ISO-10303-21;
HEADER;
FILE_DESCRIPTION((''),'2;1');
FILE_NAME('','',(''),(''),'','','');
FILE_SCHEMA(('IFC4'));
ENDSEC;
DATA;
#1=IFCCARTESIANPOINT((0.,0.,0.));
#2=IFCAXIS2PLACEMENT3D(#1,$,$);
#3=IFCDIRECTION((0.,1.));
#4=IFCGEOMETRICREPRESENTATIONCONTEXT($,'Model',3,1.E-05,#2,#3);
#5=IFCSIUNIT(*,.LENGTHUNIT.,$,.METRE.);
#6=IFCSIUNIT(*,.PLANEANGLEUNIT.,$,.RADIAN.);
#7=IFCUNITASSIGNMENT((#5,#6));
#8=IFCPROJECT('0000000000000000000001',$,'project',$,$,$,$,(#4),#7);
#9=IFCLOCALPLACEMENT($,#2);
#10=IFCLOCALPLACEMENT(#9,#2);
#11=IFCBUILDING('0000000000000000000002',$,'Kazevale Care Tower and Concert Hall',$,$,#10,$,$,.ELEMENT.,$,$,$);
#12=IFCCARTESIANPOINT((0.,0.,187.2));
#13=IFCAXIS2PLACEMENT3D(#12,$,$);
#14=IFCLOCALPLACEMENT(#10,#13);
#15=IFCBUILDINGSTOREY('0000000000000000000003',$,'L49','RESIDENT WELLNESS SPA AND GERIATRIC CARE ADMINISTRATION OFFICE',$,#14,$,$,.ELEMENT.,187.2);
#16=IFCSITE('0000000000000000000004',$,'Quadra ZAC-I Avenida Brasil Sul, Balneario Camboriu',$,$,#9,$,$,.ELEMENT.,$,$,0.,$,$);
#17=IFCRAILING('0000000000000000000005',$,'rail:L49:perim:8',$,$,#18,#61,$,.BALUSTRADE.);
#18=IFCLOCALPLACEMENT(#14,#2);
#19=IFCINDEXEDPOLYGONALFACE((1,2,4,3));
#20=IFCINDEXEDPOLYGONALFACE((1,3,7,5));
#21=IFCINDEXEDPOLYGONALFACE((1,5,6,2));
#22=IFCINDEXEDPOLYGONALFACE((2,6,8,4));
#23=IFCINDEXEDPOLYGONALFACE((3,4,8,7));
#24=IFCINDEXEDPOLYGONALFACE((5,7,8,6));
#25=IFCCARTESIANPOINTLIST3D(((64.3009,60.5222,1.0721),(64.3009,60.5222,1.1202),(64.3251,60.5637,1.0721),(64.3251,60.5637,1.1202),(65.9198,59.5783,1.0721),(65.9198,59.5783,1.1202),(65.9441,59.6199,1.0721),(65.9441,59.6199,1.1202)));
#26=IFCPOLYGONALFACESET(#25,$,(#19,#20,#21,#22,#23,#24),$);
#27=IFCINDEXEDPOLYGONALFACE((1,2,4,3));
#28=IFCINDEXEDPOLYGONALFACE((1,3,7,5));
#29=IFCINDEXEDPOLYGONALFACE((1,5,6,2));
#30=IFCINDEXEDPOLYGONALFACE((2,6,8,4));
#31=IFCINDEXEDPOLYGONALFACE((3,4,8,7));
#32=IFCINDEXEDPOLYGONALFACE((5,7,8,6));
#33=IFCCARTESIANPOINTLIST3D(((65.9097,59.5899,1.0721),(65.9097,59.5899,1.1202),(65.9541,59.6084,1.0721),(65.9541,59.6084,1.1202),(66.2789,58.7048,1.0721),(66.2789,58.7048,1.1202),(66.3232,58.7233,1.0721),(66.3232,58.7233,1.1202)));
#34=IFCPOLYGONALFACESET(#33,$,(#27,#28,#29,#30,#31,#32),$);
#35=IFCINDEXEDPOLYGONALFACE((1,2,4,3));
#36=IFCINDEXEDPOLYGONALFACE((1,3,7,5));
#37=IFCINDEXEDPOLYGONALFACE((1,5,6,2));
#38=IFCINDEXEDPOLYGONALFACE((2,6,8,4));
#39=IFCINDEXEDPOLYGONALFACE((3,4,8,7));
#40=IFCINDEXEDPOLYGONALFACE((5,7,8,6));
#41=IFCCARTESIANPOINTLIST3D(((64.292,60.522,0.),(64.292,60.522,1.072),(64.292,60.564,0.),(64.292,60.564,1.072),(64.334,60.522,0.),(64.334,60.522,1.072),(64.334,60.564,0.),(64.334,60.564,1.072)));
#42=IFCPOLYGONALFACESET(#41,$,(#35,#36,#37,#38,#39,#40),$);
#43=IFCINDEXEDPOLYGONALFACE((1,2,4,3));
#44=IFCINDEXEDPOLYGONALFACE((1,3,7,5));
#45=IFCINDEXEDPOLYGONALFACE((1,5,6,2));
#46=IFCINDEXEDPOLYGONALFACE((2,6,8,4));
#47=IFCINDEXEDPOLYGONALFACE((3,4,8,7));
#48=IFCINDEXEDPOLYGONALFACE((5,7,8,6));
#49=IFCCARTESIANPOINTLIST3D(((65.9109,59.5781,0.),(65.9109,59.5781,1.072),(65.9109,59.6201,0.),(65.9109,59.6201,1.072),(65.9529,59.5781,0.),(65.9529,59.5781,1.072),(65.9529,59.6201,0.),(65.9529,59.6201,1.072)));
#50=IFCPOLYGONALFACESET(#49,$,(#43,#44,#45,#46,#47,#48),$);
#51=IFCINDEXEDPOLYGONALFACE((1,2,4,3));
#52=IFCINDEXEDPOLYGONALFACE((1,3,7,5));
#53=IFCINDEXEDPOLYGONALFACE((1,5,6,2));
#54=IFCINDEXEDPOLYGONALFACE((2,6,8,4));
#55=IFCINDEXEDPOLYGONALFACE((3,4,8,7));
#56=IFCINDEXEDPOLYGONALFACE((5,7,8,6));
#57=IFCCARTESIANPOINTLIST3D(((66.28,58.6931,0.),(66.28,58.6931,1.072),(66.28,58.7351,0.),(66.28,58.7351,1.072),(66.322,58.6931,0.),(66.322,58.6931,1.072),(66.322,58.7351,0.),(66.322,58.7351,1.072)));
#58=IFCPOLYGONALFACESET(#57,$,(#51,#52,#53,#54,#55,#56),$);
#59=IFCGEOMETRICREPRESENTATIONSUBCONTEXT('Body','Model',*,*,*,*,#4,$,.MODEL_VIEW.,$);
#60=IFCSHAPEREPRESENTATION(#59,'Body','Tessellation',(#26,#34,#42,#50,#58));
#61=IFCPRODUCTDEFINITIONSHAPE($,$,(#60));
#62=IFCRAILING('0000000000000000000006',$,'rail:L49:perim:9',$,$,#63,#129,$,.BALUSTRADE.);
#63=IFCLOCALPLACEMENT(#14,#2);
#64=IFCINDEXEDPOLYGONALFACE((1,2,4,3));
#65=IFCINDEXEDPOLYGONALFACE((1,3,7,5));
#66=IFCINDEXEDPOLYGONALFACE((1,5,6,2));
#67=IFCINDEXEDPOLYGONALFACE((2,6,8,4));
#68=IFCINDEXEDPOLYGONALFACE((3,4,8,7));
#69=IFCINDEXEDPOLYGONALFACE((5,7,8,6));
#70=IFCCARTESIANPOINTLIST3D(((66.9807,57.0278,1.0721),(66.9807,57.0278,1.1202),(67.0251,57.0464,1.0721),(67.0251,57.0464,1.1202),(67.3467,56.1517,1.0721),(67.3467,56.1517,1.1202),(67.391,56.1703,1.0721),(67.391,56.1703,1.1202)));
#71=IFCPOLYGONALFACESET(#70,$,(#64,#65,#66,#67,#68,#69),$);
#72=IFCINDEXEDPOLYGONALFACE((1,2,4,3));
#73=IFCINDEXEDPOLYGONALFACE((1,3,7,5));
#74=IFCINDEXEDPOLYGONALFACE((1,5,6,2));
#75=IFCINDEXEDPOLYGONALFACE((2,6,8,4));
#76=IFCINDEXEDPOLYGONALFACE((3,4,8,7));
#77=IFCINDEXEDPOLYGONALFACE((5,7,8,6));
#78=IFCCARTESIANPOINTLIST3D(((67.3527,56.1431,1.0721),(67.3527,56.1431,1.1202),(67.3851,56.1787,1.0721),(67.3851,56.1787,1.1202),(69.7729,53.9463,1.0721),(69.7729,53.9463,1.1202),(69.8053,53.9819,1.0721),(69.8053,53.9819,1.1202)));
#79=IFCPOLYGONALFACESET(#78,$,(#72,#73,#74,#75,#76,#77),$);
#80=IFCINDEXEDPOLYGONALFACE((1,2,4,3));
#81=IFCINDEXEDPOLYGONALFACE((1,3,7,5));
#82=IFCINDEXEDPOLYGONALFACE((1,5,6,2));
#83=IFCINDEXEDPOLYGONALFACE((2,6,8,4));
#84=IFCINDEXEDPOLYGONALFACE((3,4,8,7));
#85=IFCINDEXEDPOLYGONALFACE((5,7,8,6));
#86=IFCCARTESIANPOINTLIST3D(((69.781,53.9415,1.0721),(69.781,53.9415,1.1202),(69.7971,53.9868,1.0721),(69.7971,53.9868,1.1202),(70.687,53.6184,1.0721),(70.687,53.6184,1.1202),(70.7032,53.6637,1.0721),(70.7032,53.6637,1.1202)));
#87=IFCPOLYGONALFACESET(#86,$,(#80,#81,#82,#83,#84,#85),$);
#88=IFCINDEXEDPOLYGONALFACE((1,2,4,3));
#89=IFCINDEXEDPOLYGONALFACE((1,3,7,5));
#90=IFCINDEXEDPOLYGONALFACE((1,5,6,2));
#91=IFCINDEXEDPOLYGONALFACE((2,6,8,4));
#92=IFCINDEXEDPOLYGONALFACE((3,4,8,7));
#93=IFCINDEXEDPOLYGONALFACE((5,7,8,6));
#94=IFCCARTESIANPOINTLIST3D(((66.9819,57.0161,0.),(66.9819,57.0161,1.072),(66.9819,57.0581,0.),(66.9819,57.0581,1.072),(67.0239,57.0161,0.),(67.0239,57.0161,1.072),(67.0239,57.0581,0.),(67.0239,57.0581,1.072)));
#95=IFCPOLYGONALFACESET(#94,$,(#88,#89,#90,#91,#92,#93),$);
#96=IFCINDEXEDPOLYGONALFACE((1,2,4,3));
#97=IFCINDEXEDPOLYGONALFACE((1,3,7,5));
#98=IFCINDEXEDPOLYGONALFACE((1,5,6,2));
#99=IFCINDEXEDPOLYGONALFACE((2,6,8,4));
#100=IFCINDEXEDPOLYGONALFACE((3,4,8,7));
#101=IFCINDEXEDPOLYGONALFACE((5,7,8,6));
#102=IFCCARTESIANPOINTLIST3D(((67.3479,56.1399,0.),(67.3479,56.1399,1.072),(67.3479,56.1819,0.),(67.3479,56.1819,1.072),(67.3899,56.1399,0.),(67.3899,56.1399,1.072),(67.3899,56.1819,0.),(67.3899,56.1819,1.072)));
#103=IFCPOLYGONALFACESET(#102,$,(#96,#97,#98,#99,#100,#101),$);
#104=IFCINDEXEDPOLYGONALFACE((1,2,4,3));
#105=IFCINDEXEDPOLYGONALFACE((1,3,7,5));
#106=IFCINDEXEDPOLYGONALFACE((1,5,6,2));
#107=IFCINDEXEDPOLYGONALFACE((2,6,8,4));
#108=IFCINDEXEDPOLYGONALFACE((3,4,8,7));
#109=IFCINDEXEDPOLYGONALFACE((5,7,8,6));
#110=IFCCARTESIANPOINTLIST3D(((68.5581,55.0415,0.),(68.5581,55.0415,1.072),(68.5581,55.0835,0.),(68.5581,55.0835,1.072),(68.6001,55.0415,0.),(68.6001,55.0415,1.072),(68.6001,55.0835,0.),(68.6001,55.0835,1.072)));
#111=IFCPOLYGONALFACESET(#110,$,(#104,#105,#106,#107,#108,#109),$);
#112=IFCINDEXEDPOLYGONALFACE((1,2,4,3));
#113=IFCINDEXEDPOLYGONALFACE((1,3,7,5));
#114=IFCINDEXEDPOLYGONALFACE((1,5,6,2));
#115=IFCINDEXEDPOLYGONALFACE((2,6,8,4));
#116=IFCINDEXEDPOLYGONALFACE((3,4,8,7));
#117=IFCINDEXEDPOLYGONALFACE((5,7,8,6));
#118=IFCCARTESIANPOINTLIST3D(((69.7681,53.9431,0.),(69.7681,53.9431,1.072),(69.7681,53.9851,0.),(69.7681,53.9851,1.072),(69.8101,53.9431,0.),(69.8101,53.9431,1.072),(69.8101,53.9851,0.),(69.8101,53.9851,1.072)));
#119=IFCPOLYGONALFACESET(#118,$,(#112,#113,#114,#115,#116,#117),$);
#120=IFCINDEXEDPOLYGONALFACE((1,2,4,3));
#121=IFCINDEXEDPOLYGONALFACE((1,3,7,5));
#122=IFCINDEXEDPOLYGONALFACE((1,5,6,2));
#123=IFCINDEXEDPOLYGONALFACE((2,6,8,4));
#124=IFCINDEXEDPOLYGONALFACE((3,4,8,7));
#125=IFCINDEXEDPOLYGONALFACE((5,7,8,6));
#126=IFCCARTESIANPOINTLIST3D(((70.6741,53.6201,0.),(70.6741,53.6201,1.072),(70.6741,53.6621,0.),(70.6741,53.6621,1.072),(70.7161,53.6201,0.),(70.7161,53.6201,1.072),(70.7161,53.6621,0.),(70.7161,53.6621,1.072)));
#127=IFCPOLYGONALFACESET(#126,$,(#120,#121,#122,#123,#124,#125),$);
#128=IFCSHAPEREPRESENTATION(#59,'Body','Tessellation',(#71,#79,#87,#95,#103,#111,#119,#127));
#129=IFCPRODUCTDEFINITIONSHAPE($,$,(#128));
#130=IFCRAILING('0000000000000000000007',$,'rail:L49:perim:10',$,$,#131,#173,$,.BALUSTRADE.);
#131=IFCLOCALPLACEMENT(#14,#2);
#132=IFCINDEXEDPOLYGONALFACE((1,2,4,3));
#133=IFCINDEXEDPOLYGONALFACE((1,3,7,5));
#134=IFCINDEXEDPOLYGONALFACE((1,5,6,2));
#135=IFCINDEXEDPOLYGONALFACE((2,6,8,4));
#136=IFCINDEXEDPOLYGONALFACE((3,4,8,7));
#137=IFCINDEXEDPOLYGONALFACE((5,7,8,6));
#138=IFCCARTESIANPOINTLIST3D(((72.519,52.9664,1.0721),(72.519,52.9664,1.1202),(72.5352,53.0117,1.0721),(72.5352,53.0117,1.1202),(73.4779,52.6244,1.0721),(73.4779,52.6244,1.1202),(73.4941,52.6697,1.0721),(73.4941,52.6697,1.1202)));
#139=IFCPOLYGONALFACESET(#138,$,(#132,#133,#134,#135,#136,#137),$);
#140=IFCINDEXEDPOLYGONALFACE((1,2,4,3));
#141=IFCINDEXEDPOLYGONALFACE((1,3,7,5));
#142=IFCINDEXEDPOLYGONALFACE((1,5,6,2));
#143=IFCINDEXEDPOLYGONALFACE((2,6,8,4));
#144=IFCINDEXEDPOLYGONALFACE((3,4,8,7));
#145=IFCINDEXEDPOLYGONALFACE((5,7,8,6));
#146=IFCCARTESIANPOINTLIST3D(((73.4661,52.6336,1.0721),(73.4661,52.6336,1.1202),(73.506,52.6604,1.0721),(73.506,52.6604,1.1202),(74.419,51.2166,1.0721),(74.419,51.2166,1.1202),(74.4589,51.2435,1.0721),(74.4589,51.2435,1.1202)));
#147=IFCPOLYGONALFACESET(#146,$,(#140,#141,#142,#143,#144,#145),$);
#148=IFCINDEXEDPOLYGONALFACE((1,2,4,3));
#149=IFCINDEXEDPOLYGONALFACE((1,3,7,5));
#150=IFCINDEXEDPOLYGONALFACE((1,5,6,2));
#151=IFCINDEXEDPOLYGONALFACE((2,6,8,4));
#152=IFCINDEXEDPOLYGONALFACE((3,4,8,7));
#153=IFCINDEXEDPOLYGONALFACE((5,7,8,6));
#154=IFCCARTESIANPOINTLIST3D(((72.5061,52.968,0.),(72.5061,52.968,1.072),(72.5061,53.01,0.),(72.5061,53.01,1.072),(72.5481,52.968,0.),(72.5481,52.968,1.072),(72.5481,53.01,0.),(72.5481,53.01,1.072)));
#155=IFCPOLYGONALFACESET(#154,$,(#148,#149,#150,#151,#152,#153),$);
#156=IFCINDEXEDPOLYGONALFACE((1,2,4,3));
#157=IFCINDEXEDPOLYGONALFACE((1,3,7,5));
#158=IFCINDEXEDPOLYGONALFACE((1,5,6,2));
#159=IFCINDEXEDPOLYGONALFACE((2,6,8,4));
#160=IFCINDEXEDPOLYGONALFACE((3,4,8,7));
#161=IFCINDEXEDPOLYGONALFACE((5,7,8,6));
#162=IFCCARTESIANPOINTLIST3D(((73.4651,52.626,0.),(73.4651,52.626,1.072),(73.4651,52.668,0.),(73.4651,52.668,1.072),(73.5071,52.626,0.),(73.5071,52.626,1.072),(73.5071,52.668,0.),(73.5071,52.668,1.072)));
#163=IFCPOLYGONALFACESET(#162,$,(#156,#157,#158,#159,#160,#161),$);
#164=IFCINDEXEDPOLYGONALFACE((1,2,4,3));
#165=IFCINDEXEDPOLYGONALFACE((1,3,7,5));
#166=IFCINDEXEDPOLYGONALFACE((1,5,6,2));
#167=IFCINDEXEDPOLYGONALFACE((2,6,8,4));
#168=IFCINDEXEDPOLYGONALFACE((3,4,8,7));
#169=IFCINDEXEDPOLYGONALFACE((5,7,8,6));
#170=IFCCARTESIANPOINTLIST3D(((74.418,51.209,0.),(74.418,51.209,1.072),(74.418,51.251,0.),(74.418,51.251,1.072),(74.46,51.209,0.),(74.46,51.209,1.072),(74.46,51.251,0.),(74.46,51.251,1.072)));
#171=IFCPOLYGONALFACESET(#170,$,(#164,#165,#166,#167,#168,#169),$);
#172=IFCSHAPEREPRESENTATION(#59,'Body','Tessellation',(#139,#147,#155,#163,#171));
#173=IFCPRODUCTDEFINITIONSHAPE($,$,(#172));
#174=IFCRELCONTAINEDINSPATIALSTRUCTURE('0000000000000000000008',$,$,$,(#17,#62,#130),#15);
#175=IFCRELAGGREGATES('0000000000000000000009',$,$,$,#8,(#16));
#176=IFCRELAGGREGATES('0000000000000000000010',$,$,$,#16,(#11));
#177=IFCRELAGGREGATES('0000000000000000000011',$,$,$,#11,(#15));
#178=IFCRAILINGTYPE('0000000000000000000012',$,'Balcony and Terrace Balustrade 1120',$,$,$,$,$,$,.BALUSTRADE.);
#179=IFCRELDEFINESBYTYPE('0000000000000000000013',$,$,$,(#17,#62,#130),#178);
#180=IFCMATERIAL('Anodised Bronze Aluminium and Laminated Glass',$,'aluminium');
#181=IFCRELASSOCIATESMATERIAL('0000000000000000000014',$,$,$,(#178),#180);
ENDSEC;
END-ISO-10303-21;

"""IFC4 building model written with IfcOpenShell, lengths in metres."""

from ifc_helpers import new_model, si_unit, direction, frame, origin, origin_2d, place, context, subcontext, project, spatial, rectangle, extrude, material, type_object, element, save


model = new_model("IFC4")

# Units and contexts
model_context = context("Model", 3, precision=1e-05, world=origin(), true_north=direction((0.0, 1.0)))
body_context = subcontext(model_context, "Body", "Model", "MODEL_VIEW")
ifc_project = project(units=[si_unit("LENGTHUNIT", "METRE"), si_unit("PLANEANGLEUNIT", "RADIAN")], contexts=[model_context])

# Site, building, storey
site_placement = place(None, origin())
site = spatial("IfcSite", under=ifc_project, at=site_placement, Name="Quadra ZAC-I Avenida Brasil Sul, Balneario Camboriu", CompositionType="ELEMENT", RefElevation=0.0)
building_placement = place(site_placement, origin())
building = spatial("IfcBuilding", under=site, at=building_placement, Name="Kazevale Care Tower and Concert Hall", CompositionType="ELEMENT")
storey_placement = place(building_placement, frame((0.0, 0.0, 187.2)))
storey = spatial("IfcBuildingStorey", under=building, at=storey_placement, Name="L49", Description="RESIDENT WELLNESS SPA AND GERIATRIC CARE ADMINISTRATION OFFICE", CompositionType="ELEMENT", Elevation=187.2)

# Railings
ifc_material_1 = material(Name="Anodised Bronze Aluminium and Laminated Glass", Category="aluminium")
railing_type = type_object("IfcRailingType", Name="Balcony and Terrace Balustrade 1120", PredefinedType="BALUSTRADE", material=ifc_material_1)
railing_1_placement = place(storey_placement, frame((64.313, 60.543, 0.0)))
element("IfcRailing", 1, at=railing_1_placement, inside=storey, type_object=railing_type, Name="rail:L49:perim:8", PredefinedType="BALUSTRADE", context=body_context, shape_type="SweptSolid", body=[
    extrude(rectangle(XDim=0.0481, YDim=0.0481, at=origin_2d()), frame((0.0, 0.0, 1.0962), z_axis=(0.863897, -0.503669, 0.0), x_axis=(0.503669, 0.863897, 0.0)), (0.0, 0.0, 1.0), 1.874),
    extrude(rectangle(XDim=0.0481, YDim=0.0481, at=origin_2d()), frame((1.6189, -0.9438, 1.0962), z_axis=(0.384959, -0.922934, 0.0), x_axis=(0.922934, 0.384959, 0.0)), (0.0, 0.0, 1.0), 0.959),
    extrude(rectangle(XDim=0.042, YDim=0.042, at=origin_2d()), origin(), (0.0, 0.0, 1.0), 1.072),
    extrude(rectangle(XDim=0.042, YDim=0.042, at=origin_2d()), frame((1.6189, -0.9438, 0.0)), (0.0, 0.0, 1.0), 1.072),
    extrude(rectangle(XDim=0.042, YDim=0.042, at=origin_2d()), frame((1.988, -1.8289, 0.0)), (0.0, 0.0, 1.0), 1.072),
])
railing_2_placement = place(storey_placement, frame((67.0029, 57.0371, 0.0)))
element("IfcRailing", 2, at=railing_2_placement, inside=storey, type_object=railing_type, Name="rail:L49:perim:9", PredefinedType="BALUSTRADE", context=body_context, shape_type="SweptSolid", body=[
    extrude(rectangle(XDim=0.0481, YDim=0.0481, at=origin_2d()), frame((0.0, 0.0, 1.0962), z_axis=(0.3854, -0.92275, 0.0), x_axis=(0.92275, 0.3854, 0.0)), (0.0, 0.0, 1.0), 0.9495),
    extrude(rectangle(XDim=0.0481, YDim=0.0481, at=origin_2d()), frame((0.366, -0.8762, 1.0962), z_axis=(0.740454, -0.672107, 0.0), x_axis=(0.672107, 0.740454, 0.0)), (0.0, 0.0, 1.0), 3.2686),
    extrude(rectangle(XDim=0.0481, YDim=0.0481, at=origin_2d()), frame((2.7861, -3.073, 1.0962), z_axis=(0.941931, -0.335806, 0.0), x_axis=(0.335806, 0.941931, 0.0)), (0.0, 0.0, 1.0), 0.9619),
    extrude(rectangle(XDim=0.042, YDim=0.042, at=origin_2d()), origin(), (0.0, 0.0, 1.0), 1.072),
    extrude(rectangle(XDim=0.042, YDim=0.042, at=origin_2d()), frame((0.366, -0.8762, 0.0)), (0.0, 0.0, 1.0), 1.072),
    extrude(rectangle(XDim=0.042, YDim=0.042, at=origin_2d()), frame((1.5762, -1.9746, 0.0)), (0.0, 0.0, 1.0), 1.072),
    extrude(rectangle(XDim=0.042, YDim=0.042, at=origin_2d()), frame((2.7861, -3.073, 0.0)), (0.0, 0.0, 1.0), 1.072),
    extrude(rectangle(XDim=0.042, YDim=0.042, at=origin_2d()), frame((3.6921, -3.396, 0.0)), (0.0, 0.0, 1.0), 1.072),
])
railing_3_placement = place(storey_placement, frame((72.5271, 52.989, 0.0)))
element("IfcRailing", 3, at=railing_3_placement, inside=storey, type_object=railing_type, Name="rail:L49:perim:10", PredefinedType="BALUSTRADE", context=body_context, shape_type="SweptSolid", body=[
    extrude(rectangle(XDim=0.0481, YDim=0.0481, at=origin_2d()), frame((0.0, 0.0, 1.0962), z_axis=(0.941883, -0.335941, 0.0), x_axis=(0.335941, 0.941883, 0.0)), (0.0, 0.0, 1.0), 1.0181),
    extrude(rectangle(XDim=0.0481, YDim=0.0481, at=origin_2d()), frame((0.959, -0.342, 1.0962), z_axis=(0.558028, -0.829822, 0.0), x_axis=(0.829822, 0.558028, 0.0)), (0.0, 0.0, 1.0), 1.7075),
    extrude(rectangle(XDim=0.042, YDim=0.042, at=origin_2d()), origin(), (0.0, 0.0, 1.0), 1.072),
    extrude(rectangle(XDim=0.042, YDim=0.042, at=origin_2d()), frame((0.959, -0.342, 0.0)), (0.0, 0.0, 1.0), 1.072),
    extrude(rectangle(XDim=0.042, YDim=0.042, at=origin_2d()), frame((1.9119, -1.759, 0.0)), (0.0, 0.0, 1.0), 1.072),
])

save(model, "model.ifc")
